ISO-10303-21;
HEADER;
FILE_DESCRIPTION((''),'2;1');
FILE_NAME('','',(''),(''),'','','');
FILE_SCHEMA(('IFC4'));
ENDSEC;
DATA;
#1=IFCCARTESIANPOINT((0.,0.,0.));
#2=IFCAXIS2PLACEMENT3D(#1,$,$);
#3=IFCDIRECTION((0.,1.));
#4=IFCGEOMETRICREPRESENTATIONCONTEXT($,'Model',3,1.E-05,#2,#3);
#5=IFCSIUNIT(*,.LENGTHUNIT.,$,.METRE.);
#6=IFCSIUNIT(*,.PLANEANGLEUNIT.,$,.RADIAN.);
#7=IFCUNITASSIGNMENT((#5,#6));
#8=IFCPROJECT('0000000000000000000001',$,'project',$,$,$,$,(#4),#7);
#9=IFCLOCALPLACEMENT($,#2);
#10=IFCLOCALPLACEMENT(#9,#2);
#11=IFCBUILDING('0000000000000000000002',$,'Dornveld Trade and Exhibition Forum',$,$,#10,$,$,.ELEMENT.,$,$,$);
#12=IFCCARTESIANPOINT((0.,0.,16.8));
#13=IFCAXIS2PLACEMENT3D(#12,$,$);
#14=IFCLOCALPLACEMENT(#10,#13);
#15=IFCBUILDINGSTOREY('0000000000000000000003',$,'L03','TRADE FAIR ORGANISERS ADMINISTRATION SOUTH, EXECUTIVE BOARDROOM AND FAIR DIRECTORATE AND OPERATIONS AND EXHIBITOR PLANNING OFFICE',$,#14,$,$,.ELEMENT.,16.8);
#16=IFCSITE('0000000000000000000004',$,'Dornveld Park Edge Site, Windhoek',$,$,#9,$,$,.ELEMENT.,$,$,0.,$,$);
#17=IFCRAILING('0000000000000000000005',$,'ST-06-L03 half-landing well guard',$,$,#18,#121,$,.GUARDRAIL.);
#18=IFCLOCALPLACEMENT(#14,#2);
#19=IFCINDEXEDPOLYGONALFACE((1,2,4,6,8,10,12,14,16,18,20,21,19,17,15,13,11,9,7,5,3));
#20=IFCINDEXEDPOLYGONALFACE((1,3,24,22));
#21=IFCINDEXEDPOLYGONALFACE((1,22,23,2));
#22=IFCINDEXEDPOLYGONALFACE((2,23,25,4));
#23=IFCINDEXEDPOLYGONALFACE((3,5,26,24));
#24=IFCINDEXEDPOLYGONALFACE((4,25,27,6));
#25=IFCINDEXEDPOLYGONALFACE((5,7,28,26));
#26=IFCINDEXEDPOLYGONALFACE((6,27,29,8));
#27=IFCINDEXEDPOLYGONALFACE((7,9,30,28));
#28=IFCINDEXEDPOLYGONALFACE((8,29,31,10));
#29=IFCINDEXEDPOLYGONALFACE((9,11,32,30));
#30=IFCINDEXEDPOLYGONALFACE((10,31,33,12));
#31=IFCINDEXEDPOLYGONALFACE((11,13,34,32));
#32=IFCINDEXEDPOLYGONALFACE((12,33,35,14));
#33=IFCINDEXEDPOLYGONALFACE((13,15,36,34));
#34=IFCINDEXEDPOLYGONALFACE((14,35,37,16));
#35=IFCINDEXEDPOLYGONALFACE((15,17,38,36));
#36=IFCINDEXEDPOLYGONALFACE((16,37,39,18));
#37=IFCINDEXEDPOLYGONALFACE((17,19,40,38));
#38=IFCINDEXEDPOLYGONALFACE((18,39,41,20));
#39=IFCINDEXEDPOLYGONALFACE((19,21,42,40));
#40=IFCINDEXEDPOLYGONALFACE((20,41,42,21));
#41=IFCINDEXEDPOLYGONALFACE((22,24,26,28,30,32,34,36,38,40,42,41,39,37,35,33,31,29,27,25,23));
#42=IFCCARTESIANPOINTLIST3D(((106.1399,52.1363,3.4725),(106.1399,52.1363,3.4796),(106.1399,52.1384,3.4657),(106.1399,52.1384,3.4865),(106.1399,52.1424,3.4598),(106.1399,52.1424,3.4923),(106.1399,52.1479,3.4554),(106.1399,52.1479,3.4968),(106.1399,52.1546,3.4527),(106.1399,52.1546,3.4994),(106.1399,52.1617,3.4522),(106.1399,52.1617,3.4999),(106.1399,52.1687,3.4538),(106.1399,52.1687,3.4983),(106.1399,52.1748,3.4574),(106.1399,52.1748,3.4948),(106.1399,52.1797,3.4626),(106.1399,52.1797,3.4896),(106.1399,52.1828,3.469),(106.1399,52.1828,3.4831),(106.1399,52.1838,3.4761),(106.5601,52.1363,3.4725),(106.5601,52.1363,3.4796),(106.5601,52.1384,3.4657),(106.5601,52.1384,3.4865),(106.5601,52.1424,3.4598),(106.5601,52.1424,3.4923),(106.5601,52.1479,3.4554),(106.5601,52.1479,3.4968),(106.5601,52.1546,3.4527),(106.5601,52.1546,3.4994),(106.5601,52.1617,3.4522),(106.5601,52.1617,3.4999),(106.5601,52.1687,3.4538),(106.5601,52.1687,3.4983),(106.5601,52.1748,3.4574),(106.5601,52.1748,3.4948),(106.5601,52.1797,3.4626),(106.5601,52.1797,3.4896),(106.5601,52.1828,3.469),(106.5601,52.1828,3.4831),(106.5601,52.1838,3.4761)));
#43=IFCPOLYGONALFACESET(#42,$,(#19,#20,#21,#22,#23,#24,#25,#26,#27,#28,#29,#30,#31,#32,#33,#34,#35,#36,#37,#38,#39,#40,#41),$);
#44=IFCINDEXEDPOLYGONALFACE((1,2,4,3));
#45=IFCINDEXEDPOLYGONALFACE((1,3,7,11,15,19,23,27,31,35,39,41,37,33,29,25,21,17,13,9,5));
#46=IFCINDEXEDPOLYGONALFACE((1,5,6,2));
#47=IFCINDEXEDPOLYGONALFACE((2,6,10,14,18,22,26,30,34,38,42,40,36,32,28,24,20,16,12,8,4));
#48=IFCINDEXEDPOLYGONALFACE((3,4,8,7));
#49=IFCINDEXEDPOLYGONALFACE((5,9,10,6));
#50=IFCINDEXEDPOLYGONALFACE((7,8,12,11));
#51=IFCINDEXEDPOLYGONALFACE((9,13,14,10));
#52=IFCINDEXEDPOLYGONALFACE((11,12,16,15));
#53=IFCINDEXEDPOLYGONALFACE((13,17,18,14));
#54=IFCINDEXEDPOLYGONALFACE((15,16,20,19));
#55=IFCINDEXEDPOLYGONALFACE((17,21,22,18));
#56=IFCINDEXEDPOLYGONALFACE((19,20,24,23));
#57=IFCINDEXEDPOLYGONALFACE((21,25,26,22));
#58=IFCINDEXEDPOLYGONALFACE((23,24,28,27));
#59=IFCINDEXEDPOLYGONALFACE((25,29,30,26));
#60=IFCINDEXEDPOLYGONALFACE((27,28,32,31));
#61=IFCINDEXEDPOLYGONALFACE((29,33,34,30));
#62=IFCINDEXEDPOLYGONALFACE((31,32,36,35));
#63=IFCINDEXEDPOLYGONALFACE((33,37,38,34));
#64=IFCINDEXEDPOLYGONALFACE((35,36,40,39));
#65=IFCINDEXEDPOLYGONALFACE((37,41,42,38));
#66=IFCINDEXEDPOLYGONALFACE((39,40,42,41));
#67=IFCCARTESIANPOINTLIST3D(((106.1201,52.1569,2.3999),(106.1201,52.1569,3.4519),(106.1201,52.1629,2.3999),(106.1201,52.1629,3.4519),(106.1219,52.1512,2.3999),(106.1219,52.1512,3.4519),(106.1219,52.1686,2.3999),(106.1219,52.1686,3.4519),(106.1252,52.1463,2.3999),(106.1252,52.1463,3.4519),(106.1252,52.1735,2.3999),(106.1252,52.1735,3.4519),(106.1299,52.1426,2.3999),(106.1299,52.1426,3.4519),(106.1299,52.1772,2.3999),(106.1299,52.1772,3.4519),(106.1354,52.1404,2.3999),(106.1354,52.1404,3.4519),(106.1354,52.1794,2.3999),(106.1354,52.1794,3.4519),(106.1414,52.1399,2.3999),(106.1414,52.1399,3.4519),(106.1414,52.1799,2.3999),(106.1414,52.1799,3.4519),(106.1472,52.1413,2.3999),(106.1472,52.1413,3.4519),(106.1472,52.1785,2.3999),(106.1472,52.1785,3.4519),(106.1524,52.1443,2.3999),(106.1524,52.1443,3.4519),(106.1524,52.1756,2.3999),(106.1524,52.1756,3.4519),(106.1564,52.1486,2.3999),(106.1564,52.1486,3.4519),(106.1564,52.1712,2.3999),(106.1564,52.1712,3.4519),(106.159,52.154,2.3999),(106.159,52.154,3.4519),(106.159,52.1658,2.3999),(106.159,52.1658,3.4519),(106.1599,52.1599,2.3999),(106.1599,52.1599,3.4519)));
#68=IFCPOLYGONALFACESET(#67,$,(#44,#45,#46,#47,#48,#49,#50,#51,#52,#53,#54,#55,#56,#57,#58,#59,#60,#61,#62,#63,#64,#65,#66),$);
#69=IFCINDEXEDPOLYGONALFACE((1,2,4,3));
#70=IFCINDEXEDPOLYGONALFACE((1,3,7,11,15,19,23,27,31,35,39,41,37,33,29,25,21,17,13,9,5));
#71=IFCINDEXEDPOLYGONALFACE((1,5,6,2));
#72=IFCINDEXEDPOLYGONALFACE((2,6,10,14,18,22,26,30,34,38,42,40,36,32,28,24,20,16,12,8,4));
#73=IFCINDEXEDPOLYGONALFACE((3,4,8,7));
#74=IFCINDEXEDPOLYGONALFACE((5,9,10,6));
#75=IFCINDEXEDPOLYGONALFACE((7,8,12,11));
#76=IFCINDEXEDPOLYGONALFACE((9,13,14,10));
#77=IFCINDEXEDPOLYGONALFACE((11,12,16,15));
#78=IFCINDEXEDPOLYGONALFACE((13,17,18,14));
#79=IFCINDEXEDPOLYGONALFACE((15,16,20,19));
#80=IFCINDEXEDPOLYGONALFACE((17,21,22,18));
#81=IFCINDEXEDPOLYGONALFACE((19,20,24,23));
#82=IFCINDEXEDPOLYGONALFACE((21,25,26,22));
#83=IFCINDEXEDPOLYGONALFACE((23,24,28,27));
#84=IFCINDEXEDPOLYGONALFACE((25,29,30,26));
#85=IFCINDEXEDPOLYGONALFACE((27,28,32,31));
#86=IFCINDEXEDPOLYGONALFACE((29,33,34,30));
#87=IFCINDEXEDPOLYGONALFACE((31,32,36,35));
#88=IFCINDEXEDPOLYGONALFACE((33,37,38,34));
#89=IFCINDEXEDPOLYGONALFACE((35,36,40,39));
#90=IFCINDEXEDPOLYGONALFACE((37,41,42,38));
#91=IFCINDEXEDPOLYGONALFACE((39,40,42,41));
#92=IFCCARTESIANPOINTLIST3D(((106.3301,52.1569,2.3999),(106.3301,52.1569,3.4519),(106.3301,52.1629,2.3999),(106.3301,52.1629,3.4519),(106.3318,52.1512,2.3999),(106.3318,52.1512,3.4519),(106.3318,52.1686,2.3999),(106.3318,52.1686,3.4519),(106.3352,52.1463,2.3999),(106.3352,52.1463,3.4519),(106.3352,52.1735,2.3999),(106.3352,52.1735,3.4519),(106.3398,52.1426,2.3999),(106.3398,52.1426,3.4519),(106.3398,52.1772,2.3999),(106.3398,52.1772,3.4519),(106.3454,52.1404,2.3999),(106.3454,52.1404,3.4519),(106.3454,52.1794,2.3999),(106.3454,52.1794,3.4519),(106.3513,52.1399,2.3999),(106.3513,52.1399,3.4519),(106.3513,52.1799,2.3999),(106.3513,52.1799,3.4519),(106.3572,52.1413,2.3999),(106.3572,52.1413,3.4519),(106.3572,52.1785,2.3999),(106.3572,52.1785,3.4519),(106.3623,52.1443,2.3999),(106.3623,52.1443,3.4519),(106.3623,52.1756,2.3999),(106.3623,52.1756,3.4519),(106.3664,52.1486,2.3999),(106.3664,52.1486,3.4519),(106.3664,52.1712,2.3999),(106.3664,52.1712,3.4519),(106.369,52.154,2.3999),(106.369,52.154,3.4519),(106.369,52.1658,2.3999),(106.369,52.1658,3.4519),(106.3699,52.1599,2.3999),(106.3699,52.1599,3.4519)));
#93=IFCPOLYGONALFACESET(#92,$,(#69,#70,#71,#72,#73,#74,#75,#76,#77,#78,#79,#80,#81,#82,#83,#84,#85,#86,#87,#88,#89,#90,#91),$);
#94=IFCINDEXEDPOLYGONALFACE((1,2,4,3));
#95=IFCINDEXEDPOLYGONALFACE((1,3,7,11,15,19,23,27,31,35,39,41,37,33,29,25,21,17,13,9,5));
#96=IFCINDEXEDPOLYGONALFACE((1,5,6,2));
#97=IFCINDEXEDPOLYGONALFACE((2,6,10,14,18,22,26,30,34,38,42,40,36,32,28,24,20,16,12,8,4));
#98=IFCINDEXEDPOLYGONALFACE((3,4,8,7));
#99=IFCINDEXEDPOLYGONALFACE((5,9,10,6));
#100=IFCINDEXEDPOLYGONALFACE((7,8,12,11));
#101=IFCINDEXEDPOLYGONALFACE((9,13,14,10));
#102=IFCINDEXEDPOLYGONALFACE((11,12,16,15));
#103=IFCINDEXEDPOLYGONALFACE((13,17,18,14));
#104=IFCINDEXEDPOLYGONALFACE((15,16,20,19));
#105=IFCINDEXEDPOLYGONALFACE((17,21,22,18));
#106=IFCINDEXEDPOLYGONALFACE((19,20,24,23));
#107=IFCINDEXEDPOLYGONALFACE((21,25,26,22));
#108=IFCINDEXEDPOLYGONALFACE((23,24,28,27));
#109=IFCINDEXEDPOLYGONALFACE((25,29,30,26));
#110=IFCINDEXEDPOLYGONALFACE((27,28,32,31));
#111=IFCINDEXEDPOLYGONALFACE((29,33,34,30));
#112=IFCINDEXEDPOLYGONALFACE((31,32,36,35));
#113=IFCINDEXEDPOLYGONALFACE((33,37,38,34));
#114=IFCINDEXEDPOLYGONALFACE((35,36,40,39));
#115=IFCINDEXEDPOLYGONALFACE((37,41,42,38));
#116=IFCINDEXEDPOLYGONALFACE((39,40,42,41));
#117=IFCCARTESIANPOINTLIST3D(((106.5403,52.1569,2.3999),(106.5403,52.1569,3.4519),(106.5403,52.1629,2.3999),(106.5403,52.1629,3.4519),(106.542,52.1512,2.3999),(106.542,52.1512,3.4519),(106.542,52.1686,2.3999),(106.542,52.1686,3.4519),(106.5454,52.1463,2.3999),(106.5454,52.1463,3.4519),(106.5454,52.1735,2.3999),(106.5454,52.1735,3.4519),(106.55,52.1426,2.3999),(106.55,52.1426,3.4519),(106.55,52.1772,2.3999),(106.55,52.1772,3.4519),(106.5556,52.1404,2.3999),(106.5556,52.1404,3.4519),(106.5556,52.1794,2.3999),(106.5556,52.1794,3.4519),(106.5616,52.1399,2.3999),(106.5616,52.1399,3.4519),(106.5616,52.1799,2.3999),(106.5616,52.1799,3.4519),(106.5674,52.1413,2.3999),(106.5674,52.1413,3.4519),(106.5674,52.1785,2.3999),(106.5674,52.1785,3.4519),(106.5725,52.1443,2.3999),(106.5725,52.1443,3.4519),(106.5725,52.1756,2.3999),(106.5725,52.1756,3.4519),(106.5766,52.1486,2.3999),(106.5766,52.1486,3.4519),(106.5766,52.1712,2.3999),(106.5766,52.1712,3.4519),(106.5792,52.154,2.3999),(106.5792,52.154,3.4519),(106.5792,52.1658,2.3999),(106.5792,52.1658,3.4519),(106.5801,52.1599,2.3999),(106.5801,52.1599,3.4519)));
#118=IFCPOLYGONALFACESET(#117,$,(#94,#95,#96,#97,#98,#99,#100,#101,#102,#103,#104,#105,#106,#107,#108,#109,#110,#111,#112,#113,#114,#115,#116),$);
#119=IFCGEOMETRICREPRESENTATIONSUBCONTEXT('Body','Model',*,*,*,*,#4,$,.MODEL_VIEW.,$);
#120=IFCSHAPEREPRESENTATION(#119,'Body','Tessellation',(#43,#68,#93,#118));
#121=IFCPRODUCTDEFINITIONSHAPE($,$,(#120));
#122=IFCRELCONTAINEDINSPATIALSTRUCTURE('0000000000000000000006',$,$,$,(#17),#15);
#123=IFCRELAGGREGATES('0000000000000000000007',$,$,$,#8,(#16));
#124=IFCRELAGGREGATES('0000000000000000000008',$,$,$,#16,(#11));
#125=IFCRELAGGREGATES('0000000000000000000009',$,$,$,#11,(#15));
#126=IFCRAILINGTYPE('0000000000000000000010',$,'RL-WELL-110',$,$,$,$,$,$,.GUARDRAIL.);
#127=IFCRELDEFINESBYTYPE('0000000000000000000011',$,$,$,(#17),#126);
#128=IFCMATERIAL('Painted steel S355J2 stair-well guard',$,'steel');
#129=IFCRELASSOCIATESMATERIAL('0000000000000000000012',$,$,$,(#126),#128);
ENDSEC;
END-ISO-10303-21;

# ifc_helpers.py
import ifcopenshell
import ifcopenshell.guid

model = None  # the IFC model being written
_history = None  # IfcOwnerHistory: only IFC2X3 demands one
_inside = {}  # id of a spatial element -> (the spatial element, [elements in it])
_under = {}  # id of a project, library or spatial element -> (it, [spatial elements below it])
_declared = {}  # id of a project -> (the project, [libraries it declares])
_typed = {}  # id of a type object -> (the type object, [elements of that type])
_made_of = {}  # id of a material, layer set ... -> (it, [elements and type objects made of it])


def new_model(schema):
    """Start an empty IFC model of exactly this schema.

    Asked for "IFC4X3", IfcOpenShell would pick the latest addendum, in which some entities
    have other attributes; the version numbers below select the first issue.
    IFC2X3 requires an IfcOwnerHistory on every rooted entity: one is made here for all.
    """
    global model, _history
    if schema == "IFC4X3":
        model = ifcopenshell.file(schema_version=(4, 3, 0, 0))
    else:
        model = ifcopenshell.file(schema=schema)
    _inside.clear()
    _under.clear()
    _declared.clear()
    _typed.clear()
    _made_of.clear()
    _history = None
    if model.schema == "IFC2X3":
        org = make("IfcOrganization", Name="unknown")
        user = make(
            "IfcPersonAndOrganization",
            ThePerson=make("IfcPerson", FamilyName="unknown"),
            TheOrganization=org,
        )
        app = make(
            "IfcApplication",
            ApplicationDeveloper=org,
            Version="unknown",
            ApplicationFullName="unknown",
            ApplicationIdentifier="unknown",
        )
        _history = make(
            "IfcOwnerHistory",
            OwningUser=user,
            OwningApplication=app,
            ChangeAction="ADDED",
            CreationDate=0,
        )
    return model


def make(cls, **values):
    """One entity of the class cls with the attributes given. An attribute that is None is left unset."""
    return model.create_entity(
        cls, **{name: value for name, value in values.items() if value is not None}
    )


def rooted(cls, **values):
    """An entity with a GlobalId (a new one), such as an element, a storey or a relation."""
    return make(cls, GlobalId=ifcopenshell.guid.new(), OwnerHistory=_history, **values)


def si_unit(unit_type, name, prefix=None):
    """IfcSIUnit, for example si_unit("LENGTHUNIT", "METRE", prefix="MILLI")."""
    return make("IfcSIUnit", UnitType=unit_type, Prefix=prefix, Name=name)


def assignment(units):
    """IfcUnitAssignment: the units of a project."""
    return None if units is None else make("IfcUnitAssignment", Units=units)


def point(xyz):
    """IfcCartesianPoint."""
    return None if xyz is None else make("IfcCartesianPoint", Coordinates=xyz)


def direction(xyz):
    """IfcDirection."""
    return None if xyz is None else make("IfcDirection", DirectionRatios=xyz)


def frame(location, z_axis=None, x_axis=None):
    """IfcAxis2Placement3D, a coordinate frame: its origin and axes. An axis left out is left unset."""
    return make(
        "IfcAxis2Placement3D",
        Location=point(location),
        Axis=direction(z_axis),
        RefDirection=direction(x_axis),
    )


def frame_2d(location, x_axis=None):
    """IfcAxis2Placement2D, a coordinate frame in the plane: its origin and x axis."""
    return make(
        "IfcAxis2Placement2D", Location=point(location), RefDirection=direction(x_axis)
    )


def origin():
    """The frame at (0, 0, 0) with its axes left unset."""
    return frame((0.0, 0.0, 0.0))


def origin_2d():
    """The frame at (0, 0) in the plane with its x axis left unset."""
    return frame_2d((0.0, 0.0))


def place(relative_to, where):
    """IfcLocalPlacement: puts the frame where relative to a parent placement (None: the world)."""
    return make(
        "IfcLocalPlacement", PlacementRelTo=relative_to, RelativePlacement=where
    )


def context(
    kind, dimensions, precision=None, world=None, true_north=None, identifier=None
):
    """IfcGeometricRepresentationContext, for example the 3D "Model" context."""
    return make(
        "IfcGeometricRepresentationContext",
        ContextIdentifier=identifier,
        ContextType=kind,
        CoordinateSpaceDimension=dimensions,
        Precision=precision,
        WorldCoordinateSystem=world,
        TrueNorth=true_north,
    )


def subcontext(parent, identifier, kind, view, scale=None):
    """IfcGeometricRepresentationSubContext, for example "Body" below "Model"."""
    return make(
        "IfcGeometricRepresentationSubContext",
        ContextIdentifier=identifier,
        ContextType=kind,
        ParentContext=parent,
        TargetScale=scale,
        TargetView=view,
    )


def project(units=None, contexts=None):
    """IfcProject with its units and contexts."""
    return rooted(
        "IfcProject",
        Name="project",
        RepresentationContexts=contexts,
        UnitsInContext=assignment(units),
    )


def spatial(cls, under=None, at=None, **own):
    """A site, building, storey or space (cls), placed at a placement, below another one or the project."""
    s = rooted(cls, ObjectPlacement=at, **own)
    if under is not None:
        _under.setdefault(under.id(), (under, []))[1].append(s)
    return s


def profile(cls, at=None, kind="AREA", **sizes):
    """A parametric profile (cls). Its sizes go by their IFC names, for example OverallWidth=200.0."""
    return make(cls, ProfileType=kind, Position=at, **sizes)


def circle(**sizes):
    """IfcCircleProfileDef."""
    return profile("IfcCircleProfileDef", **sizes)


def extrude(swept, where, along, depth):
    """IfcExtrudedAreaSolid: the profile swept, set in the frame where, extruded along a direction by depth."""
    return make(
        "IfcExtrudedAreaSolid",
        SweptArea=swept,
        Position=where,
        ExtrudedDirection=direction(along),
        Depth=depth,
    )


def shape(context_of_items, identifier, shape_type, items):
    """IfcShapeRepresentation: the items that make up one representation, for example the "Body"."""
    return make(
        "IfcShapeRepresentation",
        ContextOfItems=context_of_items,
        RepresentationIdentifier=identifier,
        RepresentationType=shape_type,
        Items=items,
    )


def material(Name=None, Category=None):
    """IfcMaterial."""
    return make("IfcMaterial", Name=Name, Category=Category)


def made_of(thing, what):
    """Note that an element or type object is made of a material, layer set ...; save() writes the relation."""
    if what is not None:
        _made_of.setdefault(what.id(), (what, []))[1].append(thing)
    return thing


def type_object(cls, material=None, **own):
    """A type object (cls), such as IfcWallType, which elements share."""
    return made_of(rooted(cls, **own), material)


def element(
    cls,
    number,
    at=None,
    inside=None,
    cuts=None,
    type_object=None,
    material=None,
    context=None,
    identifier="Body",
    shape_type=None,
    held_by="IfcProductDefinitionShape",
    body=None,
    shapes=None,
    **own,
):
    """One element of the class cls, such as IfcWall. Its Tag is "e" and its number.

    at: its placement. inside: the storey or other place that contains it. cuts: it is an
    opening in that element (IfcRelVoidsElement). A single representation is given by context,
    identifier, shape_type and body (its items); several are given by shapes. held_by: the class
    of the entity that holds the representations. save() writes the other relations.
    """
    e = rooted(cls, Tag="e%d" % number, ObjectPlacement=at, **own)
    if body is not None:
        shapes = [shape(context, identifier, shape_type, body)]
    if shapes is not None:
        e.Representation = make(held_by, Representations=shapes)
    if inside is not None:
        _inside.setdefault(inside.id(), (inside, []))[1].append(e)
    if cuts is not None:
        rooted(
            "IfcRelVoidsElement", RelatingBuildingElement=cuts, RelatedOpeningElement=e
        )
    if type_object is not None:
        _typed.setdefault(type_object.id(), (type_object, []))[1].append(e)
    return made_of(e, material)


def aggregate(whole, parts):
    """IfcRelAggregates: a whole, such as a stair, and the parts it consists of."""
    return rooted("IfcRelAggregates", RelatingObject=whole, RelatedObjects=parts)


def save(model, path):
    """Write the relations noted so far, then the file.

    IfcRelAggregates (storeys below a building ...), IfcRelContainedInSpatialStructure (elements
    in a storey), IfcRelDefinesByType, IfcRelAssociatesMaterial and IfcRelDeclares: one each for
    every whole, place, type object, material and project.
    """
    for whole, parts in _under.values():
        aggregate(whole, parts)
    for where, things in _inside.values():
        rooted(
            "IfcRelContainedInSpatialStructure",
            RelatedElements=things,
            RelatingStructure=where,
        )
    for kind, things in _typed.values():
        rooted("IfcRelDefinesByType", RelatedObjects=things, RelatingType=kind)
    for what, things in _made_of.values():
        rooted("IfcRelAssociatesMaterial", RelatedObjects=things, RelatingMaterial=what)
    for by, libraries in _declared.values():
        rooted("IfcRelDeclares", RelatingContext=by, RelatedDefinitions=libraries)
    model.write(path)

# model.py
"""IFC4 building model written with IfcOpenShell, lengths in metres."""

from ifc_helpers import new_model, si_unit, direction, frame, origin, origin_2d, place, context, subcontext, project, spatial, circle, extrude, material, type_object, element, save


model = new_model("IFC4")

# Units and contexts
model_context = context("Model", 3, precision=1e-05, world=origin(), true_north=direction((0.0, 1.0)))
body_context = subcontext(model_context, "Body", "Model", "MODEL_VIEW")
ifc_project = project(units=[si_unit("LENGTHUNIT", "METRE"), si_unit("PLANEANGLEUNIT", "RADIAN")], contexts=[model_context])

# Site, building, storey
site_placement = place(None, origin())
site = spatial("IfcSite", under=ifc_project, at=site_placement, Name="Dornveld Park Edge Site, Windhoek", CompositionType="ELEMENT", RefElevation=0.0)
building_placement = place(site_placement, origin())
building = spatial("IfcBuilding", under=site, at=building_placement, Name="Dornveld Trade and Exhibition Forum", CompositionType="ELEMENT")
storey_placement = place(building_placement, frame((0.0, 0.0, 16.8)))
storey = spatial("IfcBuildingStorey", under=building, at=storey_placement, Name="L03", Description="TRADE FAIR ORGANISERS ADMINISTRATION SOUTH, EXECUTIVE BOARDROOM AND FAIR DIRECTORATE AND OPERATIONS AND EXHIBITOR PLANNING OFFICE", CompositionType="ELEMENT", Elevation=16.8)

# Railing
ifc_material_1 = material(Name="Painted steel S355J2 stair-well guard", Category="steel")
railing_type_1 = type_object("IfcRailingType", Name="RL-WELL-110", PredefinedType="GUARDRAIL", material=ifc_material_1)
railing_1_placement = place(storey_placement, frame((106.1399, 52.1599, 2.3999)))
element("IfcRailing", 1, at=railing_1_placement, inside=storey, type_object=railing_type_1, Name="ST-06-L03 half-landing well guard", PredefinedType="GUARDRAIL", context=body_context, shape_type="SweptSolid", body=[
    extrude(circle(Radius=0.0239, at=origin_2d()), frame((0.0, 0.0, 1.0762), z_axis=(1.0, 0.0, 0.0), x_axis=(0.0, 1.0, 0.0)), (0.0, 0.0, 1.0), 0.4202),
    extrude(circle(Radius=0.02, at=origin_2d()), origin(), (0.0, 0.0, 1.0), 1.052),
    extrude(circle(Radius=0.02, at=origin_2d()), frame((0.21, 0.0, 0.0)), (0.0, 0.0, 1.0), 1.052),
    extrude(circle(Radius=0.02, at=origin_2d()), frame((0.4202, 0.0, 0.0)), (0.0, 0.0, 1.0), 1.052),
])

save(model, "model.ifc")
